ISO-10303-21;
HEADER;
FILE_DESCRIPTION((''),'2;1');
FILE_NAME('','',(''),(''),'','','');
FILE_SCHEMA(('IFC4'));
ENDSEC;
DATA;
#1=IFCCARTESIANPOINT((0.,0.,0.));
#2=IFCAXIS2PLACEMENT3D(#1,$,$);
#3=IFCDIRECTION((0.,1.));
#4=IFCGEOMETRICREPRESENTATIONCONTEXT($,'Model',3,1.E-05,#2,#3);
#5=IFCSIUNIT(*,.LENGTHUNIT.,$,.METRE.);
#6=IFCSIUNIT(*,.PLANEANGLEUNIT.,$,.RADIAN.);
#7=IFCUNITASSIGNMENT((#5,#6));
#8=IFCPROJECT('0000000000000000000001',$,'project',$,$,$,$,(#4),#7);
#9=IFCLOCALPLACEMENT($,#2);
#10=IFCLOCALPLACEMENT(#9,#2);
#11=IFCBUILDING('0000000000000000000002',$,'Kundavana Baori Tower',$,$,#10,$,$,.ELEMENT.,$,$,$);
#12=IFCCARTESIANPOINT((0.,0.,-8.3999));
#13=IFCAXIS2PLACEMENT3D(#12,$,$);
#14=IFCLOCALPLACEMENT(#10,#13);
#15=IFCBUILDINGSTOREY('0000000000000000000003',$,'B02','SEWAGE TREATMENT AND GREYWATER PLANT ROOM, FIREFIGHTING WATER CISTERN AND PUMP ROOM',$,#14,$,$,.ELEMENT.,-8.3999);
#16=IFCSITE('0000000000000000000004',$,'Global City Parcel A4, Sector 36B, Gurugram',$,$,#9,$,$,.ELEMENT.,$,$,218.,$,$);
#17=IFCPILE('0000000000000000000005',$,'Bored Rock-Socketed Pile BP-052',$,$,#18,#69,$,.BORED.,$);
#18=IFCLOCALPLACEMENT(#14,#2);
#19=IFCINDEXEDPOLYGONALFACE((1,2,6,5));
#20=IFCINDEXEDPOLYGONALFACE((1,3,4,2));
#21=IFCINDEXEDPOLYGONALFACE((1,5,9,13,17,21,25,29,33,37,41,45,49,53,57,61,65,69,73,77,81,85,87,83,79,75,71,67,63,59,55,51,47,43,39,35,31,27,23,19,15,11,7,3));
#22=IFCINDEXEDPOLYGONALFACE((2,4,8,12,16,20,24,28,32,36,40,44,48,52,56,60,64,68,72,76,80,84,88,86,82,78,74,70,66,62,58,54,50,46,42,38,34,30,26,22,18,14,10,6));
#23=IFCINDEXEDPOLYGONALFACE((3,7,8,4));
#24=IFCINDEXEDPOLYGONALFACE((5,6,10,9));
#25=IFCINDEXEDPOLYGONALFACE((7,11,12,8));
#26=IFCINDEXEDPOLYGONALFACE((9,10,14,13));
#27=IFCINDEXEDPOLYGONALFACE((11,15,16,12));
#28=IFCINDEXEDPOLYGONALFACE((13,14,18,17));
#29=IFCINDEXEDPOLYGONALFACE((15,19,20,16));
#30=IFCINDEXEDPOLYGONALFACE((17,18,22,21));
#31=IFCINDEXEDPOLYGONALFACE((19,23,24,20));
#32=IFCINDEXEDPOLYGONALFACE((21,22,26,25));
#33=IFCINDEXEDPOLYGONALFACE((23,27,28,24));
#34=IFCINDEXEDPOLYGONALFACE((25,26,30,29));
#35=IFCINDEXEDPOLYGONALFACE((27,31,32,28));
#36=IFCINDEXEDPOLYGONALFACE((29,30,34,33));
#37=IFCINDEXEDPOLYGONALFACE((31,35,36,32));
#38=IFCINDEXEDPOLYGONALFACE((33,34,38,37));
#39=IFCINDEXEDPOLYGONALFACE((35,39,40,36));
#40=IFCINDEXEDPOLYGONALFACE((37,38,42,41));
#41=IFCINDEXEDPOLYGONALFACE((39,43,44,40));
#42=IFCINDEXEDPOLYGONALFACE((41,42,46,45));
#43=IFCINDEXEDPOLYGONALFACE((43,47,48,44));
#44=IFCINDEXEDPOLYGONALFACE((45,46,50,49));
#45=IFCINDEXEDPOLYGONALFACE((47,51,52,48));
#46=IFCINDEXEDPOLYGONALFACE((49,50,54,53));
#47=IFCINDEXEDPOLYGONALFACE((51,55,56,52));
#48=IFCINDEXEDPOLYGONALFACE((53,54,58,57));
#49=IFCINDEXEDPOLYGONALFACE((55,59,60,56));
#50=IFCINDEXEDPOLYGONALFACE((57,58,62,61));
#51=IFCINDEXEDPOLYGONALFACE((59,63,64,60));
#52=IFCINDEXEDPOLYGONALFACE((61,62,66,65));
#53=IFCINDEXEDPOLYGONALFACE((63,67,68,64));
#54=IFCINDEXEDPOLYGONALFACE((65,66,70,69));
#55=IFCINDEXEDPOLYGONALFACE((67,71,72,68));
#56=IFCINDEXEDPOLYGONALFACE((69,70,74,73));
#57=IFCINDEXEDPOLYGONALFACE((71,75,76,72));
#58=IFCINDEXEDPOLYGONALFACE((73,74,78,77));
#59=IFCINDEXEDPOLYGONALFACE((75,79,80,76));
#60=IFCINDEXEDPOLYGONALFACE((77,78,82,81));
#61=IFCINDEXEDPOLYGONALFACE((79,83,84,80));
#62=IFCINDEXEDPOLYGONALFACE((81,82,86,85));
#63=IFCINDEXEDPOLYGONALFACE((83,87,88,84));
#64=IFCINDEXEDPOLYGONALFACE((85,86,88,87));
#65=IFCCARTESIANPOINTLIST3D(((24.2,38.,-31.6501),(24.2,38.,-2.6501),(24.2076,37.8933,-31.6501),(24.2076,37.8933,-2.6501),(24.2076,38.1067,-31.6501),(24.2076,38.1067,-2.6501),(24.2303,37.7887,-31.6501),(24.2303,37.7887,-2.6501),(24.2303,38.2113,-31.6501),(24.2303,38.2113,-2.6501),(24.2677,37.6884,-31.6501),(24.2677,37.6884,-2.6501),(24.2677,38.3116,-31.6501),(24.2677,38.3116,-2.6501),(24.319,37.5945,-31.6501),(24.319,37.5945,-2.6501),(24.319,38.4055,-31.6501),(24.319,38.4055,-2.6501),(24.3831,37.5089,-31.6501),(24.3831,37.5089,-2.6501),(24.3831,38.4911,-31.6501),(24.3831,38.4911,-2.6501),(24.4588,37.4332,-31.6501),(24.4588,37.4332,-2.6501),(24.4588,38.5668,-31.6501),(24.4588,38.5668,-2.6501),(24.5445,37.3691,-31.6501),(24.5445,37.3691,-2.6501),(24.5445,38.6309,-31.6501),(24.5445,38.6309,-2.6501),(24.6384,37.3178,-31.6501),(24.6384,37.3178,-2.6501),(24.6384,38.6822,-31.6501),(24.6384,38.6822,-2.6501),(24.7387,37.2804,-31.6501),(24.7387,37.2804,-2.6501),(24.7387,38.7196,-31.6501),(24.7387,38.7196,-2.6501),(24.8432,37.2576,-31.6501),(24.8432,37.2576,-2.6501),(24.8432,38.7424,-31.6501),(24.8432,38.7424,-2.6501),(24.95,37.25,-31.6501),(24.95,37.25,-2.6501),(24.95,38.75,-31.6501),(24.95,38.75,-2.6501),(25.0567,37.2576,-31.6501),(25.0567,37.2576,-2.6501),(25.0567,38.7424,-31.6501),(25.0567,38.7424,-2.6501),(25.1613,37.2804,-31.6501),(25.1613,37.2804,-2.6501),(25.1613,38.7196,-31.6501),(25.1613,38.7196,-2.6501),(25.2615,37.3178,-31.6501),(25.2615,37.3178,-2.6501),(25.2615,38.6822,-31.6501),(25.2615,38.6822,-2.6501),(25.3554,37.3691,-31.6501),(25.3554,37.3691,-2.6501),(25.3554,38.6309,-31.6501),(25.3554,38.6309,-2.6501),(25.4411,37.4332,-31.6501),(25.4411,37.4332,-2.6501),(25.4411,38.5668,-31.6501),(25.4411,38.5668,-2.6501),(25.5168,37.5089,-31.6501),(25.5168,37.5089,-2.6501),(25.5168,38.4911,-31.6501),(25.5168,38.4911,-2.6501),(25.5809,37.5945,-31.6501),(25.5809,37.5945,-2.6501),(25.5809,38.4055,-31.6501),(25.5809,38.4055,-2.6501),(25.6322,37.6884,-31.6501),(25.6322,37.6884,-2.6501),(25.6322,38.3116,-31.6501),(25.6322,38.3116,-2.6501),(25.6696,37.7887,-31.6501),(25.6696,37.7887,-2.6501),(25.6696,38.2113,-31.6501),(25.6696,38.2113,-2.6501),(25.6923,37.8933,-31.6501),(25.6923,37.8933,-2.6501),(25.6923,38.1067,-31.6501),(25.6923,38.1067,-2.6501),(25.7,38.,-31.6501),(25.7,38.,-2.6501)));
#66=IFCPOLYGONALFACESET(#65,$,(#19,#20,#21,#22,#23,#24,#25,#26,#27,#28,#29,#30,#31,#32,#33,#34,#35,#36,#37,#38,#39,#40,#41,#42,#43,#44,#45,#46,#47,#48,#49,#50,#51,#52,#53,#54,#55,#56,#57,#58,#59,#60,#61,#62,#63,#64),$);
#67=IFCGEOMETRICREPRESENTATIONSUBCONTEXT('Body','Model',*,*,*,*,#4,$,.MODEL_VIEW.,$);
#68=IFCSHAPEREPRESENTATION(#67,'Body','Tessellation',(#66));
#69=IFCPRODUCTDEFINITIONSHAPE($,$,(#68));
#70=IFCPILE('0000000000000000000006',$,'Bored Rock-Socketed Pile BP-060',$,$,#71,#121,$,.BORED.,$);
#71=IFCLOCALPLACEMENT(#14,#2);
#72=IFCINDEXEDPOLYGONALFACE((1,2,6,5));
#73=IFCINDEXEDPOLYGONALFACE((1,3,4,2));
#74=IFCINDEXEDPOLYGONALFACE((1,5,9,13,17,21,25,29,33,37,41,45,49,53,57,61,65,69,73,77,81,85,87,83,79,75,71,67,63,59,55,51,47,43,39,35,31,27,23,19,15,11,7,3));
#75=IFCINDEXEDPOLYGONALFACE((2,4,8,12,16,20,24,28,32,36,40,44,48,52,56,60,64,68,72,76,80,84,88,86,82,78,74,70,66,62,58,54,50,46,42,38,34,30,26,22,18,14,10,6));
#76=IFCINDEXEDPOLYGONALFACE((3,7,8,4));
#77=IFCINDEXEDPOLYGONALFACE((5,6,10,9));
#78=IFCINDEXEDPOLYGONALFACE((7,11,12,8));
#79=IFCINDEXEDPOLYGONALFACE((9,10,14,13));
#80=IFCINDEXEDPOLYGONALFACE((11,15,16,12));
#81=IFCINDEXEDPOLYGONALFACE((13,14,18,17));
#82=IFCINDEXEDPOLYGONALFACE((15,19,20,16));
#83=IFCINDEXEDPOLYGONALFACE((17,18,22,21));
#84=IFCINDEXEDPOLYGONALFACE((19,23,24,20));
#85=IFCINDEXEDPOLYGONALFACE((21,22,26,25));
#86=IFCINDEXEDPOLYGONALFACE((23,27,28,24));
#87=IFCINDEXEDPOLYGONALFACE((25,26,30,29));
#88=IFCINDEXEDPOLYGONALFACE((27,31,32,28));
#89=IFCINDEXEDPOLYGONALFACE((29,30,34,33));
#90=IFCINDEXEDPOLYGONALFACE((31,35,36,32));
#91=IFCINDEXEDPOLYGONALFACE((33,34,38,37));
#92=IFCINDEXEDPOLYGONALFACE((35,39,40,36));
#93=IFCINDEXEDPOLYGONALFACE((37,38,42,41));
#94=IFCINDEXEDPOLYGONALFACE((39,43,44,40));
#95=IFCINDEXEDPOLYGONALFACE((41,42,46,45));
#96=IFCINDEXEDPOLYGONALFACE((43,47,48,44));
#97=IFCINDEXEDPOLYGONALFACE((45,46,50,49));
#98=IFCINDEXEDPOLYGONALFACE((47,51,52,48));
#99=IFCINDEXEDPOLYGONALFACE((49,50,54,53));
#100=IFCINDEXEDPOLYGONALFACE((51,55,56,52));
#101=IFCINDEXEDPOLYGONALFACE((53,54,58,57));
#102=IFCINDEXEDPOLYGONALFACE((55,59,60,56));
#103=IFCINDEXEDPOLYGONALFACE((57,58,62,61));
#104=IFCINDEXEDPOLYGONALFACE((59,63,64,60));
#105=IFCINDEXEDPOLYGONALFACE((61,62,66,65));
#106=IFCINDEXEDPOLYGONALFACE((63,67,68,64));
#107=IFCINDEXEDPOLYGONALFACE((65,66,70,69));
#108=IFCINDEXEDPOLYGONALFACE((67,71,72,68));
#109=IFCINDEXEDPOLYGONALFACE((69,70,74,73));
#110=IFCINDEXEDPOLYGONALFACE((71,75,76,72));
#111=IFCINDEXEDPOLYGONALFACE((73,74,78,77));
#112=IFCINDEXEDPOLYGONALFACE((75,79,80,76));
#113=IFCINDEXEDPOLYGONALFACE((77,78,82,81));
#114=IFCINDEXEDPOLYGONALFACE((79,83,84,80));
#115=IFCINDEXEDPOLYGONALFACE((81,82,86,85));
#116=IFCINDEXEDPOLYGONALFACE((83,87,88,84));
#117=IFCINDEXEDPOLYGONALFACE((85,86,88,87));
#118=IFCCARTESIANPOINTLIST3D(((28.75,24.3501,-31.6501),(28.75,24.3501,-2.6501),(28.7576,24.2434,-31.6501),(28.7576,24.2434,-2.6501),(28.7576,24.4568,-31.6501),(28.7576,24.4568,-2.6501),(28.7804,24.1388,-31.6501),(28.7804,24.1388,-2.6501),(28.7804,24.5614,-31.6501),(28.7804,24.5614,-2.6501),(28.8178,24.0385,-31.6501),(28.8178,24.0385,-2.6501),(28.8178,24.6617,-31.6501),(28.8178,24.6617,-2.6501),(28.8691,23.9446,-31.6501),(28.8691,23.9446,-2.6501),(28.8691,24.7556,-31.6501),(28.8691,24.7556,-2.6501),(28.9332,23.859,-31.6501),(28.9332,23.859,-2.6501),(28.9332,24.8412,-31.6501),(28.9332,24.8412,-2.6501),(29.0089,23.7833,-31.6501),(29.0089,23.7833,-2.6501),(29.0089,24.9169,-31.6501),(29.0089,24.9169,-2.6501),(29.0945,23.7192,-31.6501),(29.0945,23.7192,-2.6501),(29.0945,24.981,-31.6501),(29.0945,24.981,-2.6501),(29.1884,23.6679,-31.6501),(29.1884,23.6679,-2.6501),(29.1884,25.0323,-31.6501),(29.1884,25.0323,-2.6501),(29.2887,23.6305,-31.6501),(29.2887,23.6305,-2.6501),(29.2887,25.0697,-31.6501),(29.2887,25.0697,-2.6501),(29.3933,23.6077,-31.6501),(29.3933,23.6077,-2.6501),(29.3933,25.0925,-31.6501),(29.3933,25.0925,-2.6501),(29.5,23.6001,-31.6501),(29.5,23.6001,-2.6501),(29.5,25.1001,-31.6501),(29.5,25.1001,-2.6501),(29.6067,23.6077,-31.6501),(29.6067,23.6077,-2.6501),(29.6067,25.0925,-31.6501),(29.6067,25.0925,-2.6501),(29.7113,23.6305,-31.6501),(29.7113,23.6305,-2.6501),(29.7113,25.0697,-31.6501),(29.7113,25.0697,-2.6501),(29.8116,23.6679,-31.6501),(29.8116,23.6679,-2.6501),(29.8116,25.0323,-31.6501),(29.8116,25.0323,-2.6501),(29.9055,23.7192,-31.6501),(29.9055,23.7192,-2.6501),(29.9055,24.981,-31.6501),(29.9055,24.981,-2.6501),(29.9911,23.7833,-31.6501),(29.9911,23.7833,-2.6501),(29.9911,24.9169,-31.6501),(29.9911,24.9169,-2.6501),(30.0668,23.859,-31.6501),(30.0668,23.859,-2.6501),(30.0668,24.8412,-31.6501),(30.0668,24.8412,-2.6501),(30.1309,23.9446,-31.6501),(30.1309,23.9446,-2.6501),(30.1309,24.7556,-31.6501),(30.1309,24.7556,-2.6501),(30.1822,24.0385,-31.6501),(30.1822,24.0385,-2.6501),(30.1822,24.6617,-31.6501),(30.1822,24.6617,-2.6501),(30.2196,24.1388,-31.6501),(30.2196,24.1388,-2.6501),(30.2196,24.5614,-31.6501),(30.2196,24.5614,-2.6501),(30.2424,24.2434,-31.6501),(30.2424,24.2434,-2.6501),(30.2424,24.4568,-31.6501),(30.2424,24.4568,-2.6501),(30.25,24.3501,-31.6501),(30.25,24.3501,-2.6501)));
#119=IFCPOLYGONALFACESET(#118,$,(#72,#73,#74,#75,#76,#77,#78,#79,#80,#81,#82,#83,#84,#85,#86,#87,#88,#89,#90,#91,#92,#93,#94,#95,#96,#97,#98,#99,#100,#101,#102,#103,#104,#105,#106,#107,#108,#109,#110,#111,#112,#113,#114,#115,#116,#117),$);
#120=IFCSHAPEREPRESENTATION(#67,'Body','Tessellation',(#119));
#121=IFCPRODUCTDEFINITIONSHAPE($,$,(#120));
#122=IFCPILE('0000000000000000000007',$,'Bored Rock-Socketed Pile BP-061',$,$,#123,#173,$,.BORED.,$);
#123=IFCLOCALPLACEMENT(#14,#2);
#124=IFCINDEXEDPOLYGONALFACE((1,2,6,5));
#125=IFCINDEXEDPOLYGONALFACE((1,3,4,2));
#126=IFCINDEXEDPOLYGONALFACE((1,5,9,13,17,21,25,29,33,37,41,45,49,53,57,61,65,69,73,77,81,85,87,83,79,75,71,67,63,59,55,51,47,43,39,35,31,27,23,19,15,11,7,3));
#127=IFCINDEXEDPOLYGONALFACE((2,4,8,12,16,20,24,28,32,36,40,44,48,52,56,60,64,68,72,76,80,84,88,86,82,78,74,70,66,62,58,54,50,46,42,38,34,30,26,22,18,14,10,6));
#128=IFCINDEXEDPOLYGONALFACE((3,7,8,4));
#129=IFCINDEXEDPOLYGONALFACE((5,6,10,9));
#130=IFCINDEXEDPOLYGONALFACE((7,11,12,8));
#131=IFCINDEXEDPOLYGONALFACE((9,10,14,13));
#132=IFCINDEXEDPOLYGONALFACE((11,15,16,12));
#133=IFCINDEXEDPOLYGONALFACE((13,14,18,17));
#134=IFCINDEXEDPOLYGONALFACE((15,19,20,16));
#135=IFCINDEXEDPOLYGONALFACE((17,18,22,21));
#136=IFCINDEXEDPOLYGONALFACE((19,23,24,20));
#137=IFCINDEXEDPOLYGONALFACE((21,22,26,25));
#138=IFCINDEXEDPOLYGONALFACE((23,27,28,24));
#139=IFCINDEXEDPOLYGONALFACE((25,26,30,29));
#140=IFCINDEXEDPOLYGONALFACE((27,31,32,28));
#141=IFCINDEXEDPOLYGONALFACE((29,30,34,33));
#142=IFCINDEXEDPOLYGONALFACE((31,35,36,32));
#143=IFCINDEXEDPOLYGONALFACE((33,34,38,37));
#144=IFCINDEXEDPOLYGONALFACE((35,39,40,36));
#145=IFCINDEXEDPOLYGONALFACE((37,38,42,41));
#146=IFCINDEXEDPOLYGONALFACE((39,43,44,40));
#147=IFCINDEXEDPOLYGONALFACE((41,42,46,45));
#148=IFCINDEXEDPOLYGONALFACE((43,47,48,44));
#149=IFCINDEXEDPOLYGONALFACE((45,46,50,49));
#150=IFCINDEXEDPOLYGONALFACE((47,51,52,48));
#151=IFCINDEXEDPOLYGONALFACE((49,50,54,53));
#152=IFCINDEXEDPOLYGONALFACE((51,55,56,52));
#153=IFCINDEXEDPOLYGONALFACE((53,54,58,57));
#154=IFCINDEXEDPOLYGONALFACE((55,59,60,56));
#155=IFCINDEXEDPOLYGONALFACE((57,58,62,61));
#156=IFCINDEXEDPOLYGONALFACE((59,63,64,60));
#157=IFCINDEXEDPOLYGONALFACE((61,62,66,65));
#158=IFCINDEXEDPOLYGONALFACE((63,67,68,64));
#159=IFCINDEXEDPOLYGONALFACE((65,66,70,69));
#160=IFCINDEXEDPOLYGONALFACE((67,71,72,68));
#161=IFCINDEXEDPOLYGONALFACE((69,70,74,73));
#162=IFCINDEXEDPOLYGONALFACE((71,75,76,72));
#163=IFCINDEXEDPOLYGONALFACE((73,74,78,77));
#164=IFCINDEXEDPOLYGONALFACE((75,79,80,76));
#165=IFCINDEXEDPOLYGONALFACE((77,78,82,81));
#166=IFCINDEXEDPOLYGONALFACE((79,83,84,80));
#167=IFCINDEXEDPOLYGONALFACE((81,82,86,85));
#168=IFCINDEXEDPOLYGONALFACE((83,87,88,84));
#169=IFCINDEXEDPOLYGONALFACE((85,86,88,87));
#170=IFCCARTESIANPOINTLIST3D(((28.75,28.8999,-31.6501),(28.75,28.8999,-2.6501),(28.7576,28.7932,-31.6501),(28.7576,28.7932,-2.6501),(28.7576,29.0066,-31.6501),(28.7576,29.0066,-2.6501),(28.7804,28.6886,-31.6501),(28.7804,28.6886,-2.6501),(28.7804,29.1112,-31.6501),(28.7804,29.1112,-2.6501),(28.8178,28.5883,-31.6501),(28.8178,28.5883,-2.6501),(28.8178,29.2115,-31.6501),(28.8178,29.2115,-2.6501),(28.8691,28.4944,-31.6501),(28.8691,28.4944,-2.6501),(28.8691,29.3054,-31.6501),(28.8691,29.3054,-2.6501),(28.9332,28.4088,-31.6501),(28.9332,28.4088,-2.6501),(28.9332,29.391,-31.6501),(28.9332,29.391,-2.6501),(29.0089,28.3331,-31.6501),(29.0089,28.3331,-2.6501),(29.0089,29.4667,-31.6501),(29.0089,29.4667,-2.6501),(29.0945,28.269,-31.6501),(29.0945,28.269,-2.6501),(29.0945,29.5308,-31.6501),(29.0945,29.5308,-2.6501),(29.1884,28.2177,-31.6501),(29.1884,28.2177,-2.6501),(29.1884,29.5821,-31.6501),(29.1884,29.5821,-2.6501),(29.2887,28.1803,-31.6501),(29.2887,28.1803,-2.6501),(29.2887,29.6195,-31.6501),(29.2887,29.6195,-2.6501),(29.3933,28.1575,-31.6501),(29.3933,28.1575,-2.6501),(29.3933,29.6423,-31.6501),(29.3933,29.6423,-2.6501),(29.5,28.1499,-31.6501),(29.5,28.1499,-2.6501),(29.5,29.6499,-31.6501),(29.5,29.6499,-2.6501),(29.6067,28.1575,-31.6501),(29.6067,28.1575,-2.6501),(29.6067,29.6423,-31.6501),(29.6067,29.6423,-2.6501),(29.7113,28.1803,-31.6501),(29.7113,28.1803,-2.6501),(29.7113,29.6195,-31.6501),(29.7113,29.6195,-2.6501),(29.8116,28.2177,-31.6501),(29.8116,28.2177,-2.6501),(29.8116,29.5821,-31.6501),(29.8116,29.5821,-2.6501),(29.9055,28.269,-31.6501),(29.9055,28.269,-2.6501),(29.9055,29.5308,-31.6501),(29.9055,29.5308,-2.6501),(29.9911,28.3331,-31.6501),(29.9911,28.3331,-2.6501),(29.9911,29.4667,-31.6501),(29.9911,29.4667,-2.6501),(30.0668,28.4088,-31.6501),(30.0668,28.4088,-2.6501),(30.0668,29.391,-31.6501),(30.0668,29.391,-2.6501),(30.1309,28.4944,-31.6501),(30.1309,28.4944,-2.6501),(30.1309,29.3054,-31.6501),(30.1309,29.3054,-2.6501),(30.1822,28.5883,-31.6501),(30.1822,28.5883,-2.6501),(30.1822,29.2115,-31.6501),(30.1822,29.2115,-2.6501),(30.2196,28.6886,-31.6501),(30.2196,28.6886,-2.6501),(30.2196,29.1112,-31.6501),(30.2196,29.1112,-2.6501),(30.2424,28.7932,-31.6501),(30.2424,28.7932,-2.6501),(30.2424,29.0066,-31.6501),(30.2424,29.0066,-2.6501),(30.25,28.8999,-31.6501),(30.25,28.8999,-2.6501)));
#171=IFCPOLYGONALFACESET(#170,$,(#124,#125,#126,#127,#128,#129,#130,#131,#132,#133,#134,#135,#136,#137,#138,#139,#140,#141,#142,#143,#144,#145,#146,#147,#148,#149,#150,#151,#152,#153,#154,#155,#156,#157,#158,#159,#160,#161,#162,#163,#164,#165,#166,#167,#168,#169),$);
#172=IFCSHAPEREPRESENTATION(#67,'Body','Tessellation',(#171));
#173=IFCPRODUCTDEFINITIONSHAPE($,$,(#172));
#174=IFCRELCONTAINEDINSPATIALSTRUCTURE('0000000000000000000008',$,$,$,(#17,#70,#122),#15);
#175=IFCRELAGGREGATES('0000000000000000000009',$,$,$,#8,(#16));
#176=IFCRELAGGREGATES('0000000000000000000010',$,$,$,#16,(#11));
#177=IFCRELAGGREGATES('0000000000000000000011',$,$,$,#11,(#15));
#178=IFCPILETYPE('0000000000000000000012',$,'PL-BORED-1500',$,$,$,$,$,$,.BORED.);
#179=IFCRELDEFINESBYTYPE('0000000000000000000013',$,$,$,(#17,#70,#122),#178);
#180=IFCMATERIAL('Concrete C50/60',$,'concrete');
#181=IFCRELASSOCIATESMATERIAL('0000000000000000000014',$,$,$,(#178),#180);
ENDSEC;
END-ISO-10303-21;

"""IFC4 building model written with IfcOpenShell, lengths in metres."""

from ifc_helpers import new_model, si_unit, direction, frame, origin, origin_2d, place, context, subcontext, project, spatial, circle, extrude, material, material_profile, profile_set, type_object, element, save


model = new_model("IFC4")

# Units and contexts
model_context = context("Model", 3, precision=1e-05, world=origin(), true_north=direction((0.0, 1.0)))
body_context = subcontext(model_context, "Body", "Model", "MODEL_VIEW")
ifc_project = project(units=[si_unit("LENGTHUNIT", "METRE"), si_unit("PLANEANGLEUNIT", "RADIAN")], contexts=[model_context])

# Site, building, storey
site_placement = place(None, origin())
site = spatial("IfcSite", under=ifc_project, at=site_placement, Name="Global City Parcel A4, Sector 36B, Gurugram", CompositionType="ELEMENT", RefElevation=218.0)
building_placement = place(site_placement, origin())
building = spatial("IfcBuilding", under=site, at=building_placement, Name="Kundavana Baori Tower", CompositionType="ELEMENT")
storey_placement = place(building_placement, frame((0.0, 0.0, -8.3999)))
storey = spatial("IfcBuildingStorey", under=building, at=storey_placement, Name="B02", Description="SEWAGE TREATMENT AND GREYWATER PLANT ROOM, FIREFIGHTING WATER CISTERN AND PUMP ROOM", CompositionType="ELEMENT", Elevation=-8.3999)

# Piles
ifc_material_1 = material(Name="Concrete C50/60", Category="concrete")
ifc_material_profile_1 = material_profile(ifc_material_1, circle(Radius=0.75, at=origin_2d()), Name="BORED PILE D1500")
ifc_profile_set_1 = profile_set([ifc_material_profile_1], Name="Concrete C50/60")
pile_type = type_object("IfcPileType", Name="PL-BORED-1500", PredefinedType="BORED", material=ifc_profile_set_1)
for number, where, z_axis, x_axis, name in (
    (1, (24.95, 38.0, -2.6501), (0.0, 0.0, -1.0), (1.0, 0.0, 0.0), "Bored Rock-Socketed Pile BP-052"),
    (2, (29.5, 24.3501, -2.6501), (0.0, 0.0, -1.0), (1.0, 0.0, 0.0), "Bored Rock-Socketed Pile BP-060"),
    (3, (29.5, 28.8999, -2.6501), (0.0, 0.0, -1.0), (1.0, 0.0, 0.0), "Bored Rock-Socketed Pile BP-061"),
):
    element("IfcPile", number, at=place(storey_placement, frame(where, z_axis=z_axis, x_axis=x_axis)), inside=storey, type_object=pile_type, Name=name, PredefinedType="BORED", context=body_context, shape_type="SweptSolid", body=[
        extrude(circle(Radius=0.75, at=origin_2d()), origin(), (0.0, 0.0, 1.0), 29.0),
    ])

save(model, "model.ifc")
